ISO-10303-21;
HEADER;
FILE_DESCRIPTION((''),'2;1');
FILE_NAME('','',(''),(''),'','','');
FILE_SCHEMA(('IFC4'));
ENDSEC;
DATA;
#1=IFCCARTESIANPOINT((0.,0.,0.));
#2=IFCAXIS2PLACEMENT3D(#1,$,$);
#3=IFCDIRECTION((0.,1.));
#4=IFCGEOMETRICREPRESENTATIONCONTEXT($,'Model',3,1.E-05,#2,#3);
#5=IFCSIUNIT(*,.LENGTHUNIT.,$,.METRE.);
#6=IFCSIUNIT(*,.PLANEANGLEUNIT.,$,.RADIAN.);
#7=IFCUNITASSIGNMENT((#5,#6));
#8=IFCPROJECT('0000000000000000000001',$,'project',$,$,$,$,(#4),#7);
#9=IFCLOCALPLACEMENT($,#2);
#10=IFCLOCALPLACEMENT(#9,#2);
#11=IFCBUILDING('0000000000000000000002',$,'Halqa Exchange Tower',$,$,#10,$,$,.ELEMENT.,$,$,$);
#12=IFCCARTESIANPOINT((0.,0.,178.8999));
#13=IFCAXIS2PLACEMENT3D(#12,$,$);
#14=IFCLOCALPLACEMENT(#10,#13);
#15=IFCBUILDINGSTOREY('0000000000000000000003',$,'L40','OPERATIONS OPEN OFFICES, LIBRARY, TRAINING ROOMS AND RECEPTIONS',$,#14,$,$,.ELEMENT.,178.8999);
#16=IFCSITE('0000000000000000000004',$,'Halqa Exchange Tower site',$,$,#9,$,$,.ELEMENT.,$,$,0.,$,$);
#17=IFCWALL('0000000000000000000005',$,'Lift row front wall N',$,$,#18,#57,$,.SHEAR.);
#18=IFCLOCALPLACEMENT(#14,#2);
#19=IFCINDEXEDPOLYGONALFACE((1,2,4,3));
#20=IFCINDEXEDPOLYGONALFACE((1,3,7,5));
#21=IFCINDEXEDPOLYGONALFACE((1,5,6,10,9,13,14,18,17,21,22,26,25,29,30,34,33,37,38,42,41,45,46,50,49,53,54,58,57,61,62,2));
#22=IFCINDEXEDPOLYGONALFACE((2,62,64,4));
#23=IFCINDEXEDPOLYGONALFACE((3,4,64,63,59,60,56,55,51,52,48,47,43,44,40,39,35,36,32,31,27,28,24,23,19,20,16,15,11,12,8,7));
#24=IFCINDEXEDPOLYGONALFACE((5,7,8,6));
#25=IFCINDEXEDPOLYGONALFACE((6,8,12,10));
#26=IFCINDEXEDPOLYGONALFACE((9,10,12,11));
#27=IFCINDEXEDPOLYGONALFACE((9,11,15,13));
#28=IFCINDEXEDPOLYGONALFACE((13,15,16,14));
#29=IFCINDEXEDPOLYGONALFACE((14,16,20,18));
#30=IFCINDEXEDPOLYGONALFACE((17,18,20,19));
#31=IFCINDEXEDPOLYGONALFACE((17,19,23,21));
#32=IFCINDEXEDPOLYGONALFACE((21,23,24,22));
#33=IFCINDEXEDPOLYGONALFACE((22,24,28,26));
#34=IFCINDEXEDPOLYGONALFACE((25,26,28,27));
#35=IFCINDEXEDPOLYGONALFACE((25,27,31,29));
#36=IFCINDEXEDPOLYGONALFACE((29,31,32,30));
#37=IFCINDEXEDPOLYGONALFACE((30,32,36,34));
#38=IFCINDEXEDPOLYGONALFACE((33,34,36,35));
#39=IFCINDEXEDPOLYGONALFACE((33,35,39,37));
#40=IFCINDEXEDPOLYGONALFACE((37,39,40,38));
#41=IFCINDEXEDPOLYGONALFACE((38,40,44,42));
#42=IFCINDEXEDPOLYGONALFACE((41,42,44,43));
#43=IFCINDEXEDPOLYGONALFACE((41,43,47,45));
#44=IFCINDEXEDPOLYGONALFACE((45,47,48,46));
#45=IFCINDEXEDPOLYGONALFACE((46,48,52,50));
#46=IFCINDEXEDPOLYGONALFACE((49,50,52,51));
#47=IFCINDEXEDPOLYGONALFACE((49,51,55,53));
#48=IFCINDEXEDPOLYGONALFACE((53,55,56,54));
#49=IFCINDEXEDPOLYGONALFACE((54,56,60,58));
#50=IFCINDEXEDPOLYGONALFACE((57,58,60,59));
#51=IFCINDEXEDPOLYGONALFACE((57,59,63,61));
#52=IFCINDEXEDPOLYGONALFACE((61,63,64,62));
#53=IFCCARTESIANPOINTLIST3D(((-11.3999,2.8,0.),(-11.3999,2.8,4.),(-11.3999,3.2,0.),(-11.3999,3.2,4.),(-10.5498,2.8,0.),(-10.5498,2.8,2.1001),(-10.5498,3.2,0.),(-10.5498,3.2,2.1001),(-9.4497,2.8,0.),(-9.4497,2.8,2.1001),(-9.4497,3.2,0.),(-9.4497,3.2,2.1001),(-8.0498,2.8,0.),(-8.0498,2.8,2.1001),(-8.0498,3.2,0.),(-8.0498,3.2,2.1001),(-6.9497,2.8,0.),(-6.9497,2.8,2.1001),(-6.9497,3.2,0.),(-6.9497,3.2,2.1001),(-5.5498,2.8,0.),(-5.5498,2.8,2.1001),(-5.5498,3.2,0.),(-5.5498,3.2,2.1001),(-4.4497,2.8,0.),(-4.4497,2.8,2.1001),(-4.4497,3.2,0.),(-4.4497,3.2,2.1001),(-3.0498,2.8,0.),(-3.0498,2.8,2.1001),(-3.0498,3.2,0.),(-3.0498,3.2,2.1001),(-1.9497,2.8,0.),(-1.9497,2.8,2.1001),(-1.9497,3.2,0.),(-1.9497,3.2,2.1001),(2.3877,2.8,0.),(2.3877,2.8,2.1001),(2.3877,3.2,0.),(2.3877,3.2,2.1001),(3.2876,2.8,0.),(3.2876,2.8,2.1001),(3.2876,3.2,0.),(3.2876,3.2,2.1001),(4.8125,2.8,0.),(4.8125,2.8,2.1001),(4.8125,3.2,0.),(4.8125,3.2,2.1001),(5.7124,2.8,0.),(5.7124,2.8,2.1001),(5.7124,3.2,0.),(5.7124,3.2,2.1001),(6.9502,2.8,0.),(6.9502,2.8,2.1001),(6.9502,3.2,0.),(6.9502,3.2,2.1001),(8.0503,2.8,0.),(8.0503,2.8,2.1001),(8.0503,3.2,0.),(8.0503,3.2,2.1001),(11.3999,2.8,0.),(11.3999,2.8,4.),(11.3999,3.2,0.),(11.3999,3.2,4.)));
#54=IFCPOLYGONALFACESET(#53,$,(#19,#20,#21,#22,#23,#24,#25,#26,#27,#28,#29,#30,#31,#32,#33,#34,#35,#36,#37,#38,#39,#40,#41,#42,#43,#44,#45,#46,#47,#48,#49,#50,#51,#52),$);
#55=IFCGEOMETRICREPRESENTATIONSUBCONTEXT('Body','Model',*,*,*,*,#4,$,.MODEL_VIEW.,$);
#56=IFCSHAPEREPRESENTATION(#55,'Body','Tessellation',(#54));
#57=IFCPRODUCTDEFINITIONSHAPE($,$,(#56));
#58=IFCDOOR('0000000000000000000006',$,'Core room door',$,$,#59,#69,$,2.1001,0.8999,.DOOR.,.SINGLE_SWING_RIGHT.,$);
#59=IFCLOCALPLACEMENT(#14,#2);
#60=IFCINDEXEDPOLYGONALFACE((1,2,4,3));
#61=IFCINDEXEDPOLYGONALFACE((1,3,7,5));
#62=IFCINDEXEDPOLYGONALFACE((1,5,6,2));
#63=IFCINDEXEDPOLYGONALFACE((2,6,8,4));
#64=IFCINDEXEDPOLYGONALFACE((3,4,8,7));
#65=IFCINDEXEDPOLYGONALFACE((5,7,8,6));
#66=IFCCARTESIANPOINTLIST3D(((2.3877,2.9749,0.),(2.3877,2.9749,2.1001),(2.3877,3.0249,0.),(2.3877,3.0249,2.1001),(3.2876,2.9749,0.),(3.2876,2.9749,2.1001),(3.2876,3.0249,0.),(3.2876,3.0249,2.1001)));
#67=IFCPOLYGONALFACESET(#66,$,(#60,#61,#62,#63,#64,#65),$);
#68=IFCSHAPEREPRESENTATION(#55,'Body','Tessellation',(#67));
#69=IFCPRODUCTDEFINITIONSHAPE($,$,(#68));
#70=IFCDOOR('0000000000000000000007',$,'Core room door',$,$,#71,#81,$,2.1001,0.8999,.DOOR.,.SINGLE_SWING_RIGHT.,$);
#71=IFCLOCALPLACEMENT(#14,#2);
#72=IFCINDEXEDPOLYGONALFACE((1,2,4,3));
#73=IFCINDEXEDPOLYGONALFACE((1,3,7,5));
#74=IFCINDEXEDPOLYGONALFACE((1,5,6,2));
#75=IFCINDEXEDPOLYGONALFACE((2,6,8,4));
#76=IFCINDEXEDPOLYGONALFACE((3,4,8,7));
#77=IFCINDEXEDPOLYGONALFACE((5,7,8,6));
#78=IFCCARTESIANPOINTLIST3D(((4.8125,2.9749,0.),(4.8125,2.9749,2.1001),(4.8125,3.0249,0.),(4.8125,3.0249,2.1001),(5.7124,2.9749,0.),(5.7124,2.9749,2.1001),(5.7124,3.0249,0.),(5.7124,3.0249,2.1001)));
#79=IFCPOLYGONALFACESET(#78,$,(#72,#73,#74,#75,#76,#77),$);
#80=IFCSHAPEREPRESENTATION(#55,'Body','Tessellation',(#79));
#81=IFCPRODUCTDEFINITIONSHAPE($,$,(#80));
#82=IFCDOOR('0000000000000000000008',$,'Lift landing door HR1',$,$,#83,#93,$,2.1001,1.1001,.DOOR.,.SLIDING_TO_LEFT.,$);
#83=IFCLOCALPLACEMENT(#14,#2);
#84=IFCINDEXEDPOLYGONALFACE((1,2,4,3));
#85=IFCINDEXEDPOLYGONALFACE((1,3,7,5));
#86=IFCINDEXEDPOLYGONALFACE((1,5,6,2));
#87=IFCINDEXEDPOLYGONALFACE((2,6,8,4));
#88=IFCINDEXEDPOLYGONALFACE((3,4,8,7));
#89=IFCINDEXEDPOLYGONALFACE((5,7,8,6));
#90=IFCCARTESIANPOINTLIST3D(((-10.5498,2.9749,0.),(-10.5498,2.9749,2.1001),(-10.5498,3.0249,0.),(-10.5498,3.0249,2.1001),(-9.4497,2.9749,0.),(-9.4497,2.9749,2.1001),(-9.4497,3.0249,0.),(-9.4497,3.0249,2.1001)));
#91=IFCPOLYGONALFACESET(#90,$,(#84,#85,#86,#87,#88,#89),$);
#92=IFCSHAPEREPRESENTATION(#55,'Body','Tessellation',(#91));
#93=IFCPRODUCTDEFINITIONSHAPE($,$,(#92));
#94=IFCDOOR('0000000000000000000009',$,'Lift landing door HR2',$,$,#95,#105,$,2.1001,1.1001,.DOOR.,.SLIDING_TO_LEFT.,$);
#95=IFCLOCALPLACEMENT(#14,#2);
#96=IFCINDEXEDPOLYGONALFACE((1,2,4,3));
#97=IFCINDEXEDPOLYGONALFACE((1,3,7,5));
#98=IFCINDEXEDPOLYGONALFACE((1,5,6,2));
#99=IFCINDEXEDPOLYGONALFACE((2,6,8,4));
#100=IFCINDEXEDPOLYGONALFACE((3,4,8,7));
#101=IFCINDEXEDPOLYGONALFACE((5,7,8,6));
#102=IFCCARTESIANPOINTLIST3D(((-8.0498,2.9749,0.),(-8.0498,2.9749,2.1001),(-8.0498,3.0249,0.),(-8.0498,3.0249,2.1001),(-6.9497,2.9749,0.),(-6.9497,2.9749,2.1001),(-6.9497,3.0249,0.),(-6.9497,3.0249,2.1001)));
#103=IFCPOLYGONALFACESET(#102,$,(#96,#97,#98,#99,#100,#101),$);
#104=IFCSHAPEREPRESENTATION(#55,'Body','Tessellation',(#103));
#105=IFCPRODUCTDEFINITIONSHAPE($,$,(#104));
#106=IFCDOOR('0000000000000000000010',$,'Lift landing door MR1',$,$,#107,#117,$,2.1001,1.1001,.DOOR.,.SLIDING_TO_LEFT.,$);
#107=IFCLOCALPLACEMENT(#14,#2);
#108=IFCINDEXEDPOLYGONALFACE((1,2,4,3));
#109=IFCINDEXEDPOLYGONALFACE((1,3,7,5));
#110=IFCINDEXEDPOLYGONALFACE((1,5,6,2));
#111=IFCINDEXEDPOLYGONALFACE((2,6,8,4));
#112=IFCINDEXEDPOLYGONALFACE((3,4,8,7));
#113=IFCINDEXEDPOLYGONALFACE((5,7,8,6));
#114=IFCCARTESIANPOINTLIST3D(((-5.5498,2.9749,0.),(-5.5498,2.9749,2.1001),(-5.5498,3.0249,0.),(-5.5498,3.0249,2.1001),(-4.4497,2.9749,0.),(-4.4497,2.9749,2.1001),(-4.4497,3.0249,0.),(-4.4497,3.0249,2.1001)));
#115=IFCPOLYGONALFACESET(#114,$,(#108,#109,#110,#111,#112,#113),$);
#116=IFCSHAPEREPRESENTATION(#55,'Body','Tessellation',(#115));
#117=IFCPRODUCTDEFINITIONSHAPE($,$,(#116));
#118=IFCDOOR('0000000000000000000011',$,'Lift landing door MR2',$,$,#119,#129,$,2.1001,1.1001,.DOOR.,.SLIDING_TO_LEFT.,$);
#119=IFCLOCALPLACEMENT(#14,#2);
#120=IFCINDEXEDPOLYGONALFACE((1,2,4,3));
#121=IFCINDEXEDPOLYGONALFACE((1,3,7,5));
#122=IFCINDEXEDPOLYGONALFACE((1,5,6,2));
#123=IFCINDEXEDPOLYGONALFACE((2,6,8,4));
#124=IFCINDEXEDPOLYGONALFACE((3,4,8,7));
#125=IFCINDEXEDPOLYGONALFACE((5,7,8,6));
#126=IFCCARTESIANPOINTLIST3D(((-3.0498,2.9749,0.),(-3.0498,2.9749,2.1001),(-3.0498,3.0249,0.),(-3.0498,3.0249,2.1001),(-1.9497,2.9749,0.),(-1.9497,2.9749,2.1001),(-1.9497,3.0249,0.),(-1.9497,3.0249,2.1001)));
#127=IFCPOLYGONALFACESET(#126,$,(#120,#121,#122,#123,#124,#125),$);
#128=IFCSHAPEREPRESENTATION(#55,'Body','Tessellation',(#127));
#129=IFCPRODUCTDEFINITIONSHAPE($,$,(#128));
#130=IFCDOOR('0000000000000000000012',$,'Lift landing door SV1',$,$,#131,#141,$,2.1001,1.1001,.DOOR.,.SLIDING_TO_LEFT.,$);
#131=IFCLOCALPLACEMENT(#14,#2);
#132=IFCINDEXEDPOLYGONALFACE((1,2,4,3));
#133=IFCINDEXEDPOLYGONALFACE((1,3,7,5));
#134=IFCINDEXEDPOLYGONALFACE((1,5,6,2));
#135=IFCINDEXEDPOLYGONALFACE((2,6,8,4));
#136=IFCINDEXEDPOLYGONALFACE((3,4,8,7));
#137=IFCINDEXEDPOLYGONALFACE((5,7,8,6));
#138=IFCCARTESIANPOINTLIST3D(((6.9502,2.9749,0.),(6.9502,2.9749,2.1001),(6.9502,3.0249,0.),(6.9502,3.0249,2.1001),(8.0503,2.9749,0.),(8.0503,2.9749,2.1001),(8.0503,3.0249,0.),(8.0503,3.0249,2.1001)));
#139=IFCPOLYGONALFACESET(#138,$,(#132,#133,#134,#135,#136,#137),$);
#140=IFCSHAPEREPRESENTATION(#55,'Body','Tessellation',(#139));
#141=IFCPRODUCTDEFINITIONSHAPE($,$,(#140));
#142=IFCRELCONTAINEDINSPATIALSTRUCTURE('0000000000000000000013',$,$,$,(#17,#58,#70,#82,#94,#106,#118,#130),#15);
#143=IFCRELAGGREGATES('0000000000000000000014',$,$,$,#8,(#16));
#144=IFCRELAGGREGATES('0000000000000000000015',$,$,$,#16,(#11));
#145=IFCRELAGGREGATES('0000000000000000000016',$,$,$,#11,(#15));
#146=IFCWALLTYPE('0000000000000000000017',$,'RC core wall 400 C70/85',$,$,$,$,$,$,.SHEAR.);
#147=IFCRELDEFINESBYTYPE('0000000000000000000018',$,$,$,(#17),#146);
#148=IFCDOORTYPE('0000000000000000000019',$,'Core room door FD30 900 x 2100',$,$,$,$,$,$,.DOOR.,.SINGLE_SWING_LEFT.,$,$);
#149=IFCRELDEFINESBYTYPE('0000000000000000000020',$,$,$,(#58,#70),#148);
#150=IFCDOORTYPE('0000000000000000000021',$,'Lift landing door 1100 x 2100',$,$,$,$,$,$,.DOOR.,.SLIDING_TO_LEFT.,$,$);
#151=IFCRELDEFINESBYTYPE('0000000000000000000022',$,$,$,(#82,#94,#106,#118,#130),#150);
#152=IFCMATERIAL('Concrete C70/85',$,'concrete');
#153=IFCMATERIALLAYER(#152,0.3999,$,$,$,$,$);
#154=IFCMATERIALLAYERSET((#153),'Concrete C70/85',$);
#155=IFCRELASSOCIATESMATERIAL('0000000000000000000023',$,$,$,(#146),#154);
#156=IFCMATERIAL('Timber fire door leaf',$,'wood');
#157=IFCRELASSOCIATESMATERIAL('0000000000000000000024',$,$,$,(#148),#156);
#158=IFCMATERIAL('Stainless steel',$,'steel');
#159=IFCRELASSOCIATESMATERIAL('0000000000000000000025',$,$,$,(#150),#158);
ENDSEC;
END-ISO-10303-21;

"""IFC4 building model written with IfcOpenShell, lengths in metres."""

from ifc_helpers import new_model, si_unit, direction, frame, frame_2d, origin, place, context, subcontext, project, spatial, rectangle, extrude, material, layer, layer_set, type_object, element, fill, save


model = new_model("IFC4")

# Units and contexts
model_context = context("Model", 3, precision=1e-05, world=origin(), true_north=direction((0.0, 1.0)))
body_context = subcontext(model_context, "Body", "Model", "MODEL_VIEW")
ifc_project = project(units=[si_unit("LENGTHUNIT", "METRE"), si_unit("PLANEANGLEUNIT", "RADIAN")], contexts=[model_context])

# Site, building, storey
site_placement = place(None, origin())
site = spatial("IfcSite", under=ifc_project, at=site_placement, Name="Halqa Exchange Tower site", CompositionType="ELEMENT", RefElevation=0.0)
building_placement = place(site_placement, origin())
building = spatial("IfcBuilding", under=site, at=building_placement, Name="Halqa Exchange Tower", CompositionType="ELEMENT")
storey_placement = place(building_placement, frame((0.0, 0.0, 178.8999)))
storey = spatial("IfcBuildingStorey", under=building, at=storey_placement, Name="L40", Description="OPERATIONS OPEN OFFICES, LIBRARY, TRAINING ROOMS AND RECEPTIONS", CompositionType="ELEMENT", Elevation=178.8999)

# Wall, openings, doors
ifc_material_1 = material(Name="Concrete C70/85", Category="concrete")
ifc_layer_1 = layer(ifc_material_1, 0.3999)
ifc_layer_set_1 = layer_set([ifc_layer_1], Name="Concrete C70/85")
wall_type_1 = type_object("IfcWallType", Name="RC core wall 400 C70/85", PredefinedType="SHEAR", material=ifc_layer_set_1)
wall_1_placement = place(storey_placement, frame((-11.3999, 3.0, 0.0), z_axis=(0.0, 0.0, 1.0), x_axis=(1.0, 0.0, 0.0)))
wall_1 = element("IfcWall", 1, at=wall_1_placement, inside=storey, type_object=wall_type_1, Name="Lift row front wall N", PredefinedType="SHEAR", context=body_context, shape_type="SweptSolid", body=[
    extrude(rectangle(XDim=22.7998, YDim=0.3999, at=frame_2d((11.3999, 0.0))), origin(), (0.0, 0.0, 1.0), 4.0),
])
opening_1_placement = place(wall_1_placement, frame((0.8501, 0.0, 0.0)))
opening_1 = element("IfcOpeningElement", 2, at=opening_1_placement, cuts=wall_1, PredefinedType="OPENING", context=body_context, shape_type="SweptSolid", body=[
    extrude(rectangle(XDim=1.1001, YDim=2.1001, at=frame_2d((0.55, 1.05))), frame((0.0, 0.2119, 0.0), z_axis=(0.0, -1.0, 0.0), x_axis=(1.0, 0.0, 0.0)), (0.0, 0.0, 1.0), 0.4238),
])
opening_2_placement = place(wall_1_placement, frame((3.3501, 0.0, 0.0)))
opening_2 = element("IfcOpeningElement", 3, at=opening_2_placement, cuts=wall_1, PredefinedType="OPENING", context=body_context, shape_type="SweptSolid", body=[
    extrude(rectangle(XDim=1.1001, YDim=2.1001, at=frame_2d((0.55, 1.05))), frame((0.0, 0.2119, 0.0), z_axis=(0.0, -1.0, 0.0), x_axis=(1.0, 0.0, 0.0)), (0.0, 0.0, 1.0), 0.4238),
])
opening_3_placement = place(wall_1_placement, frame((5.8501, 0.0, 0.0)))
opening_3 = element("IfcOpeningElement", 4, at=opening_3_placement, cuts=wall_1, PredefinedType="OPENING", context=body_context, shape_type="SweptSolid", body=[
    extrude(rectangle(XDim=1.1001, YDim=2.1001, at=frame_2d((0.55, 1.05))), frame((0.0, 0.2119, 0.0), z_axis=(0.0, -1.0, 0.0), x_axis=(1.0, 0.0, 0.0)), (0.0, 0.0, 1.0), 0.4238),
])
opening_4_placement = place(wall_1_placement, frame((8.3501, 0.0, 0.0)))
opening_4 = element("IfcOpeningElement", 5, at=opening_4_placement, cuts=wall_1, PredefinedType="OPENING", context=body_context, shape_type="SweptSolid", body=[
    extrude(rectangle(XDim=1.1001, YDim=2.1001, at=frame_2d((0.55, 1.05))), frame((0.0, 0.2119, 0.0), z_axis=(0.0, -1.0, 0.0), x_axis=(1.0, 0.0, 0.0)), (0.0, 0.0, 1.0), 0.4238),
])
opening_5_placement = place(wall_1_placement, frame((18.3501, 0.0, 0.0)))
opening_5 = element("IfcOpeningElement", 6, at=opening_5_placement, cuts=wall_1, PredefinedType="OPENING", context=body_context, shape_type="SweptSolid", body=[
    extrude(rectangle(XDim=1.1001, YDim=2.1001, at=frame_2d((0.55, 1.05))), frame((0.0, 0.2119, 0.0), z_axis=(0.0, -1.0, 0.0), x_axis=(1.0, 0.0, 0.0)), (0.0, 0.0, 1.0), 0.4238),
])
opening_6_placement = place(wall_1_placement, frame((13.7876, 0.0, 0.0)))
opening_6 = element("IfcOpeningElement", 7, at=opening_6_placement, cuts=wall_1, PredefinedType="OPENING", context=body_context, shape_type="SweptSolid", body=[
    extrude(rectangle(XDim=0.8999, YDim=2.1001, at=frame_2d((0.45, 1.05))), frame((0.0, 0.2119, 0.0), z_axis=(0.0, -1.0, 0.0), x_axis=(1.0, 0.0, 0.0)), (0.0, 0.0, 1.0), 0.4238),
])
opening_7_placement = place(wall_1_placement, frame((16.2124, 0.0, 0.0)))
opening_7 = element("IfcOpeningElement", 8, at=opening_7_placement, cuts=wall_1, PredefinedType="OPENING", context=body_context, shape_type="SweptSolid", body=[
    extrude(rectangle(XDim=0.8999, YDim=2.1001, at=frame_2d((0.45, 1.05))), frame((0.0, 0.2119, 0.0), z_axis=(0.0, -1.0, 0.0), x_axis=(1.0, 0.0, 0.0)), (0.0, 0.0, 1.0), 0.4238),
])
ifc_material_2 = material(Name="Timber fire door leaf", Category="wood")
door_type_1 = type_object("IfcDoorType", Name="Core room door FD30 900 x 2100", OperationType="SINGLE_SWING_LEFT", PredefinedType="DOOR", material=ifc_material_2)
door_1_placement = place(opening_6_placement, origin())
door_1 = element("IfcDoor", 9, at=door_1_placement, inside=storey, type_object=door_type_1, Name="Core room door", OperationType="SINGLE_SWING_RIGHT", OverallHeight=2.1001, OverallWidth=0.8999, PredefinedType="DOOR", context=body_context, shape_type="SweptSolid", body=[
    extrude(rectangle(XDim=0.8999, YDim=2.1001, at=frame_2d((0.45, 1.05))), frame((0.0, 0.0249, 0.0), z_axis=(0.0, -1.0, 0.0), x_axis=(1.0, 0.0, 0.0)), (0.0, 0.0, 1.0), 0.05),
])
fill(opening_6, door_1)
door_2_placement = place(opening_7_placement, origin())
door_2 = element("IfcDoor", 10, at=door_2_placement, inside=storey, type_object=door_type_1, Name="Core room door", OperationType="SINGLE_SWING_RIGHT", OverallHeight=2.1001, OverallWidth=0.8999, PredefinedType="DOOR", context=body_context, shape_type="SweptSolid", body=[
    extrude(rectangle(XDim=0.8999, YDim=2.1001, at=frame_2d((0.45, 1.05))), frame((0.0, 0.0249, 0.0), z_axis=(0.0, -1.0, 0.0), x_axis=(1.0, 0.0, 0.0)), (0.0, 0.0, 1.0), 0.05),
])
fill(opening_7, door_2)
ifc_material_3 = material(Name="Stainless steel", Category="steel")
door_type_2 = type_object("IfcDoorType", Name="Lift landing door 1100 x 2100", OperationType="SLIDING_TO_LEFT", PredefinedType="DOOR", material=ifc_material_3)
door_3_placement = place(opening_1_placement, origin())
door_3 = element("IfcDoor", 11, at=door_3_placement, inside=storey, type_object=door_type_2, Name="Lift landing door HR1", OperationType="SLIDING_TO_LEFT", OverallHeight=2.1001, OverallWidth=1.1001, PredefinedType="DOOR", context=body_context, shape_type="SweptSolid", body=[
    extrude(rectangle(XDim=1.1001, YDim=2.1001, at=frame_2d((0.55, 1.05))), frame((0.0, 0.0249, 0.0), z_axis=(0.0, -1.0, 0.0), x_axis=(1.0, 0.0, 0.0)), (0.0, 0.0, 1.0), 0.05),
])
fill(opening_1, door_3)
door_4_placement = place(opening_2_placement, origin())
door_4 = element("IfcDoor", 12, at=door_4_placement, inside=storey, type_object=door_type_2, Name="Lift landing door HR2", OperationType="SLIDING_TO_LEFT", OverallHeight=2.1001, OverallWidth=1.1001, PredefinedType="DOOR", context=body_context, shape_type="SweptSolid", body=[
    extrude(rectangle(XDim=1.1001, YDim=2.1001, at=frame_2d((0.55, 1.05))), frame((0.0, 0.0249, 0.0), z_axis=(0.0, -1.0, 0.0), x_axis=(1.0, 0.0, 0.0)), (0.0, 0.0, 1.0), 0.05),
])
fill(opening_2, door_4)
door_5_placement = place(opening_3_placement, origin())
door_5 = element("IfcDoor", 13, at=door_5_placement, inside=storey, type_object=door_type_2, Name="Lift landing door MR1", OperationType="SLIDING_TO_LEFT", OverallHeight=2.1001, OverallWidth=1.1001, PredefinedType="DOOR", context=body_context, shape_type="SweptSolid", body=[
    extrude(rectangle(XDim=1.1001, YDim=2.1001, at=frame_2d((0.55, 1.05))), frame((0.0, 0.0249, 0.0), z_axis=(0.0, -1.0, 0.0), x_axis=(1.0, 0.0, 0.0)), (0.0, 0.0, 1.0), 0.05),
])
fill(opening_3, door_5)
door_6_placement = place(opening_4_placement, origin())
door_6 = element("IfcDoor", 14, at=door_6_placement, inside=storey, type_object=door_type_2, Name="Lift landing door MR2", OperationType="SLIDING_TO_LEFT", OverallHeight=2.1001, OverallWidth=1.1001, PredefinedType="DOOR", context=body_context, shape_type="SweptSolid", body=[
    extrude(rectangle(XDim=1.1001, YDim=2.1001, at=frame_2d((0.55, 1.05))), frame((0.0, 0.0249, 0.0), z_axis=(0.0, -1.0, 0.0), x_axis=(1.0, 0.0, 0.0)), (0.0, 0.0, 1.0), 0.05),
])
fill(opening_4, door_6)
door_7_placement = place(opening_5_placement, origin())
door_7 = element("IfcDoor", 15, at=door_7_placement, inside=storey, type_object=door_type_2, Name="Lift landing door SV1", OperationType="SLIDING_TO_LEFT", OverallHeight=2.1001, OverallWidth=1.1001, PredefinedType="DOOR", context=body_context, shape_type="SweptSolid", body=[
    extrude(rectangle(XDim=1.1001, YDim=2.1001, at=frame_2d((0.55, 1.05))), frame((0.0, 0.0249, 0.0), z_axis=(0.0, -1.0, 0.0), x_axis=(1.0, 0.0, 0.0)), (0.0, 0.0, 1.0), 0.05),
])
fill(opening_5, door_7)

save(model, "model.ifc")
